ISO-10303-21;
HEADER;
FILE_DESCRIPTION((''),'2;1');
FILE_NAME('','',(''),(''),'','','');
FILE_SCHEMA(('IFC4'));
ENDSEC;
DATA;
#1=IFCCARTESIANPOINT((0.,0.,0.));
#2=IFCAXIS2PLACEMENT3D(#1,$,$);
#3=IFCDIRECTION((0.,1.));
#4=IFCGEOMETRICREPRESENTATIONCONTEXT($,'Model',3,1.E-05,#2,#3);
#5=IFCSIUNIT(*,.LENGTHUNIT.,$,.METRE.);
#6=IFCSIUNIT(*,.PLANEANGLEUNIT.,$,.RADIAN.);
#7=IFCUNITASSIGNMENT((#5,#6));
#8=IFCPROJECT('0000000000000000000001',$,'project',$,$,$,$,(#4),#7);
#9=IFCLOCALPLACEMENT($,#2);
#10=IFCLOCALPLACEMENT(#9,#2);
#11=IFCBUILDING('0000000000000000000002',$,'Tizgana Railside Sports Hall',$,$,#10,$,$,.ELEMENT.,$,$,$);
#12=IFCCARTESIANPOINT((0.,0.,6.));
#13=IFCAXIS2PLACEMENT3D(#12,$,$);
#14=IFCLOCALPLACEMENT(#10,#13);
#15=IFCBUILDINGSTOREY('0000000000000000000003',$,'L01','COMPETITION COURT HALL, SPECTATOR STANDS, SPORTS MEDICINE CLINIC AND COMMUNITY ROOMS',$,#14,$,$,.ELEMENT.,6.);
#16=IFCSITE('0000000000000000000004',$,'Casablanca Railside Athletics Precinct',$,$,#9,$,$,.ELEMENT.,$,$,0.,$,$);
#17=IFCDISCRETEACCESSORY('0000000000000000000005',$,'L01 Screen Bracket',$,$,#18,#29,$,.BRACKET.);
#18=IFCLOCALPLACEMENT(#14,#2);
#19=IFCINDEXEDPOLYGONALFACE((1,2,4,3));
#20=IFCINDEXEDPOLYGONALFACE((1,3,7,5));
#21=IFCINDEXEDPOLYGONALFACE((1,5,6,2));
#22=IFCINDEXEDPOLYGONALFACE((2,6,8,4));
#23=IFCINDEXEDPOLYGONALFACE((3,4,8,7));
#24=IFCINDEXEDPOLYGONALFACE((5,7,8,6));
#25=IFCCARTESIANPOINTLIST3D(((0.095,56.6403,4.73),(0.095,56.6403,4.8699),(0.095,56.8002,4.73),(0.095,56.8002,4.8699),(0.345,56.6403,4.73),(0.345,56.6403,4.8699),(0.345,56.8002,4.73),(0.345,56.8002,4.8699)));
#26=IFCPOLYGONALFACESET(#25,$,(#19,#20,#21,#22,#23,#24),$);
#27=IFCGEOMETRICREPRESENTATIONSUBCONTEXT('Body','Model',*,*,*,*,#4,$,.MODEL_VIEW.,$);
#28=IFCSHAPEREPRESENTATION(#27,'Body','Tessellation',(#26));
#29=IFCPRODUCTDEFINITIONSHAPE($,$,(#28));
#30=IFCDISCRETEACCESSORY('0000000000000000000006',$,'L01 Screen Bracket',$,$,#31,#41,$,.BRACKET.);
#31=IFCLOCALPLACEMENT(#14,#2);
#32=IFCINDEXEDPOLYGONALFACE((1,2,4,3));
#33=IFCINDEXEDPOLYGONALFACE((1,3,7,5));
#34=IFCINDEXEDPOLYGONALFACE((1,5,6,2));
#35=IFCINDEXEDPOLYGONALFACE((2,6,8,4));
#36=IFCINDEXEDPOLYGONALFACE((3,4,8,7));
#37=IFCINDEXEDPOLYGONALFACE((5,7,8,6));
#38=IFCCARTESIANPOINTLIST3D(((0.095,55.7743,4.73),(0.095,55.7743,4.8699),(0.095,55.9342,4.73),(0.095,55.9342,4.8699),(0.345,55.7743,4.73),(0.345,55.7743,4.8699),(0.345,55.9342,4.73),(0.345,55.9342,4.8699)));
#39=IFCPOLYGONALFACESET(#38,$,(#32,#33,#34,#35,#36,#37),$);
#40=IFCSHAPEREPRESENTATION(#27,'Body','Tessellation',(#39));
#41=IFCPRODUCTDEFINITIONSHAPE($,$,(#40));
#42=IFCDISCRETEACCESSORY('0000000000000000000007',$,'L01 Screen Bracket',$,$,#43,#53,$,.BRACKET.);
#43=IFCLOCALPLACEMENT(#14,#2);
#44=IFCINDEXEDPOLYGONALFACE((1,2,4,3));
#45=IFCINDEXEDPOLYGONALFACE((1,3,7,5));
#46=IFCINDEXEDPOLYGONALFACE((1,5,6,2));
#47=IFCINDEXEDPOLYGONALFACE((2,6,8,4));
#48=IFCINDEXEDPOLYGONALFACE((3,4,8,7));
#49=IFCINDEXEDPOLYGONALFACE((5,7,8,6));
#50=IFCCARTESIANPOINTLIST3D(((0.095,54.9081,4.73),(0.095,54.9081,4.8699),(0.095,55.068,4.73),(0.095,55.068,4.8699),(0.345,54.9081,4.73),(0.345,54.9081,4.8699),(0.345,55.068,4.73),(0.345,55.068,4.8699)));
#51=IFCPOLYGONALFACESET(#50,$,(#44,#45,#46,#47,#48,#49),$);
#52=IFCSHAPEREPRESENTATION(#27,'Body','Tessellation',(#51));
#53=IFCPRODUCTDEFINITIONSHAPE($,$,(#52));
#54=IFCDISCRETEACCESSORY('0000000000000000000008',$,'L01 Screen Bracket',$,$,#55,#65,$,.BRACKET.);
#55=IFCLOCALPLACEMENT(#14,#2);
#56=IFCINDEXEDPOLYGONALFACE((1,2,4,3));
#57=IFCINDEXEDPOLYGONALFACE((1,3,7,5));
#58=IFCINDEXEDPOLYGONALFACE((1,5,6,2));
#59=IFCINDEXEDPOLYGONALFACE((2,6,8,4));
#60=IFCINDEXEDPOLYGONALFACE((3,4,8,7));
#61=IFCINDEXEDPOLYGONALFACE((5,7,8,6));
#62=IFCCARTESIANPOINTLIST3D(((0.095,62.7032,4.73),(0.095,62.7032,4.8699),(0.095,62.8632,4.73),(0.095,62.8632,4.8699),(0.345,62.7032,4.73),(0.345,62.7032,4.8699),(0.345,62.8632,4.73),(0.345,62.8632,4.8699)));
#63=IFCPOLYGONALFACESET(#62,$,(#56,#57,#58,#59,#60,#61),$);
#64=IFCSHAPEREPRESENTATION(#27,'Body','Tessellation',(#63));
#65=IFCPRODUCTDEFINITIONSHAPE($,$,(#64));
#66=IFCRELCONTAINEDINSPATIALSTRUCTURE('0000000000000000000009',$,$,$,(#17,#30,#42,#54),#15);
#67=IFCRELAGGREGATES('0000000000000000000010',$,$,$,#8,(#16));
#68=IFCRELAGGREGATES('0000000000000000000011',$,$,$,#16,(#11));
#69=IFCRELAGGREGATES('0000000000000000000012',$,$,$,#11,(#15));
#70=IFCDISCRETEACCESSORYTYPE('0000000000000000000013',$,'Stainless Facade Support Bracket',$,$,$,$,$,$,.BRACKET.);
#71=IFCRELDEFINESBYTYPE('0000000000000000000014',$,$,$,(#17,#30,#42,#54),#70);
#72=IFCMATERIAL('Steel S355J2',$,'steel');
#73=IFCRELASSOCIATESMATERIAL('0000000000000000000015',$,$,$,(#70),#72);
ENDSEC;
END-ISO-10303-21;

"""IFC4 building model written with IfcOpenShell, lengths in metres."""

from ifc_helpers import new_model, si_unit, direction, frame, origin, origin_2d, place, context, subcontext, project, spatial, rectangle, extrude, material, type_object, element, save


model = new_model("IFC4")

# Units and contexts
model_context = context("Model", 3, precision=1e-05, world=origin(), true_north=direction((0.0, 1.0)))
body_context = subcontext(model_context, "Body", "Model", "MODEL_VIEW")
ifc_project = project(units=[si_unit("LENGTHUNIT", "METRE"), si_unit("PLANEANGLEUNIT", "RADIAN")], contexts=[model_context])

# Site, building, storey
site_placement = place(None, origin())
site = spatial("IfcSite", under=ifc_project, at=site_placement, Name="Casablanca Railside Athletics Precinct", CompositionType="ELEMENT", RefElevation=0.0)
building_placement = place(site_placement, origin())
building = spatial("IfcBuilding", under=site, at=building_placement, Name="Tizgana Railside Sports Hall", CompositionType="ELEMENT")
storey_placement = place(building_placement, frame((0.0, 0.0, 6.0)))
storey = spatial("IfcBuildingStorey", under=building, at=storey_placement, Name="L01", Description="COMPETITION COURT HALL, SPECTATOR STANDS, SPORTS MEDICINE CLINIC AND COMMUNITY ROOMS", CompositionType="ELEMENT", Elevation=6.0)

# Discrete accessories
ifc_material_1 = material(Name="Steel S355J2", Category="steel")
discrete_accessory_type = type_object("IfcDiscreteAccessoryType", Name="Stainless Facade Support Bracket", PredefinedType="BRACKET", material=ifc_material_1)
for number, where, z_axis, x_axis, name in (
    (1, (0.22, 56.7202, 4.73), (0.0, 0.0, 1.0), (0.0, -1.0, 0.0), "L01 Screen Bracket"),
    (2, (0.22, 55.8542, 4.73), (0.0, 0.0, 1.0), (0.0, -1.0, 0.0), "L01 Screen Bracket"),
    (3, (0.22, 54.988, 4.73), (0.0, 0.0, 1.0), (0.0, -1.0, 0.0), "L01 Screen Bracket"),
    (4, (0.22, 62.7832, 4.73), (0.0, 0.0, 1.0), (0.0, -1.0, 0.0), "L01 Screen Bracket"),
):
    element("IfcDiscreteAccessory", number, at=place(storey_placement, frame(where, z_axis=z_axis, x_axis=x_axis)), inside=storey, type_object=discrete_accessory_type, Name=name, PredefinedType="BRACKET", context=body_context, shape_type="SweptSolid", body=[
        extrude(rectangle(XDim=0.1599, YDim=0.25, at=origin_2d()), origin(), (0.0, 0.0, 1.0), 0.1399),
    ])

save(model, "model.ifc")
